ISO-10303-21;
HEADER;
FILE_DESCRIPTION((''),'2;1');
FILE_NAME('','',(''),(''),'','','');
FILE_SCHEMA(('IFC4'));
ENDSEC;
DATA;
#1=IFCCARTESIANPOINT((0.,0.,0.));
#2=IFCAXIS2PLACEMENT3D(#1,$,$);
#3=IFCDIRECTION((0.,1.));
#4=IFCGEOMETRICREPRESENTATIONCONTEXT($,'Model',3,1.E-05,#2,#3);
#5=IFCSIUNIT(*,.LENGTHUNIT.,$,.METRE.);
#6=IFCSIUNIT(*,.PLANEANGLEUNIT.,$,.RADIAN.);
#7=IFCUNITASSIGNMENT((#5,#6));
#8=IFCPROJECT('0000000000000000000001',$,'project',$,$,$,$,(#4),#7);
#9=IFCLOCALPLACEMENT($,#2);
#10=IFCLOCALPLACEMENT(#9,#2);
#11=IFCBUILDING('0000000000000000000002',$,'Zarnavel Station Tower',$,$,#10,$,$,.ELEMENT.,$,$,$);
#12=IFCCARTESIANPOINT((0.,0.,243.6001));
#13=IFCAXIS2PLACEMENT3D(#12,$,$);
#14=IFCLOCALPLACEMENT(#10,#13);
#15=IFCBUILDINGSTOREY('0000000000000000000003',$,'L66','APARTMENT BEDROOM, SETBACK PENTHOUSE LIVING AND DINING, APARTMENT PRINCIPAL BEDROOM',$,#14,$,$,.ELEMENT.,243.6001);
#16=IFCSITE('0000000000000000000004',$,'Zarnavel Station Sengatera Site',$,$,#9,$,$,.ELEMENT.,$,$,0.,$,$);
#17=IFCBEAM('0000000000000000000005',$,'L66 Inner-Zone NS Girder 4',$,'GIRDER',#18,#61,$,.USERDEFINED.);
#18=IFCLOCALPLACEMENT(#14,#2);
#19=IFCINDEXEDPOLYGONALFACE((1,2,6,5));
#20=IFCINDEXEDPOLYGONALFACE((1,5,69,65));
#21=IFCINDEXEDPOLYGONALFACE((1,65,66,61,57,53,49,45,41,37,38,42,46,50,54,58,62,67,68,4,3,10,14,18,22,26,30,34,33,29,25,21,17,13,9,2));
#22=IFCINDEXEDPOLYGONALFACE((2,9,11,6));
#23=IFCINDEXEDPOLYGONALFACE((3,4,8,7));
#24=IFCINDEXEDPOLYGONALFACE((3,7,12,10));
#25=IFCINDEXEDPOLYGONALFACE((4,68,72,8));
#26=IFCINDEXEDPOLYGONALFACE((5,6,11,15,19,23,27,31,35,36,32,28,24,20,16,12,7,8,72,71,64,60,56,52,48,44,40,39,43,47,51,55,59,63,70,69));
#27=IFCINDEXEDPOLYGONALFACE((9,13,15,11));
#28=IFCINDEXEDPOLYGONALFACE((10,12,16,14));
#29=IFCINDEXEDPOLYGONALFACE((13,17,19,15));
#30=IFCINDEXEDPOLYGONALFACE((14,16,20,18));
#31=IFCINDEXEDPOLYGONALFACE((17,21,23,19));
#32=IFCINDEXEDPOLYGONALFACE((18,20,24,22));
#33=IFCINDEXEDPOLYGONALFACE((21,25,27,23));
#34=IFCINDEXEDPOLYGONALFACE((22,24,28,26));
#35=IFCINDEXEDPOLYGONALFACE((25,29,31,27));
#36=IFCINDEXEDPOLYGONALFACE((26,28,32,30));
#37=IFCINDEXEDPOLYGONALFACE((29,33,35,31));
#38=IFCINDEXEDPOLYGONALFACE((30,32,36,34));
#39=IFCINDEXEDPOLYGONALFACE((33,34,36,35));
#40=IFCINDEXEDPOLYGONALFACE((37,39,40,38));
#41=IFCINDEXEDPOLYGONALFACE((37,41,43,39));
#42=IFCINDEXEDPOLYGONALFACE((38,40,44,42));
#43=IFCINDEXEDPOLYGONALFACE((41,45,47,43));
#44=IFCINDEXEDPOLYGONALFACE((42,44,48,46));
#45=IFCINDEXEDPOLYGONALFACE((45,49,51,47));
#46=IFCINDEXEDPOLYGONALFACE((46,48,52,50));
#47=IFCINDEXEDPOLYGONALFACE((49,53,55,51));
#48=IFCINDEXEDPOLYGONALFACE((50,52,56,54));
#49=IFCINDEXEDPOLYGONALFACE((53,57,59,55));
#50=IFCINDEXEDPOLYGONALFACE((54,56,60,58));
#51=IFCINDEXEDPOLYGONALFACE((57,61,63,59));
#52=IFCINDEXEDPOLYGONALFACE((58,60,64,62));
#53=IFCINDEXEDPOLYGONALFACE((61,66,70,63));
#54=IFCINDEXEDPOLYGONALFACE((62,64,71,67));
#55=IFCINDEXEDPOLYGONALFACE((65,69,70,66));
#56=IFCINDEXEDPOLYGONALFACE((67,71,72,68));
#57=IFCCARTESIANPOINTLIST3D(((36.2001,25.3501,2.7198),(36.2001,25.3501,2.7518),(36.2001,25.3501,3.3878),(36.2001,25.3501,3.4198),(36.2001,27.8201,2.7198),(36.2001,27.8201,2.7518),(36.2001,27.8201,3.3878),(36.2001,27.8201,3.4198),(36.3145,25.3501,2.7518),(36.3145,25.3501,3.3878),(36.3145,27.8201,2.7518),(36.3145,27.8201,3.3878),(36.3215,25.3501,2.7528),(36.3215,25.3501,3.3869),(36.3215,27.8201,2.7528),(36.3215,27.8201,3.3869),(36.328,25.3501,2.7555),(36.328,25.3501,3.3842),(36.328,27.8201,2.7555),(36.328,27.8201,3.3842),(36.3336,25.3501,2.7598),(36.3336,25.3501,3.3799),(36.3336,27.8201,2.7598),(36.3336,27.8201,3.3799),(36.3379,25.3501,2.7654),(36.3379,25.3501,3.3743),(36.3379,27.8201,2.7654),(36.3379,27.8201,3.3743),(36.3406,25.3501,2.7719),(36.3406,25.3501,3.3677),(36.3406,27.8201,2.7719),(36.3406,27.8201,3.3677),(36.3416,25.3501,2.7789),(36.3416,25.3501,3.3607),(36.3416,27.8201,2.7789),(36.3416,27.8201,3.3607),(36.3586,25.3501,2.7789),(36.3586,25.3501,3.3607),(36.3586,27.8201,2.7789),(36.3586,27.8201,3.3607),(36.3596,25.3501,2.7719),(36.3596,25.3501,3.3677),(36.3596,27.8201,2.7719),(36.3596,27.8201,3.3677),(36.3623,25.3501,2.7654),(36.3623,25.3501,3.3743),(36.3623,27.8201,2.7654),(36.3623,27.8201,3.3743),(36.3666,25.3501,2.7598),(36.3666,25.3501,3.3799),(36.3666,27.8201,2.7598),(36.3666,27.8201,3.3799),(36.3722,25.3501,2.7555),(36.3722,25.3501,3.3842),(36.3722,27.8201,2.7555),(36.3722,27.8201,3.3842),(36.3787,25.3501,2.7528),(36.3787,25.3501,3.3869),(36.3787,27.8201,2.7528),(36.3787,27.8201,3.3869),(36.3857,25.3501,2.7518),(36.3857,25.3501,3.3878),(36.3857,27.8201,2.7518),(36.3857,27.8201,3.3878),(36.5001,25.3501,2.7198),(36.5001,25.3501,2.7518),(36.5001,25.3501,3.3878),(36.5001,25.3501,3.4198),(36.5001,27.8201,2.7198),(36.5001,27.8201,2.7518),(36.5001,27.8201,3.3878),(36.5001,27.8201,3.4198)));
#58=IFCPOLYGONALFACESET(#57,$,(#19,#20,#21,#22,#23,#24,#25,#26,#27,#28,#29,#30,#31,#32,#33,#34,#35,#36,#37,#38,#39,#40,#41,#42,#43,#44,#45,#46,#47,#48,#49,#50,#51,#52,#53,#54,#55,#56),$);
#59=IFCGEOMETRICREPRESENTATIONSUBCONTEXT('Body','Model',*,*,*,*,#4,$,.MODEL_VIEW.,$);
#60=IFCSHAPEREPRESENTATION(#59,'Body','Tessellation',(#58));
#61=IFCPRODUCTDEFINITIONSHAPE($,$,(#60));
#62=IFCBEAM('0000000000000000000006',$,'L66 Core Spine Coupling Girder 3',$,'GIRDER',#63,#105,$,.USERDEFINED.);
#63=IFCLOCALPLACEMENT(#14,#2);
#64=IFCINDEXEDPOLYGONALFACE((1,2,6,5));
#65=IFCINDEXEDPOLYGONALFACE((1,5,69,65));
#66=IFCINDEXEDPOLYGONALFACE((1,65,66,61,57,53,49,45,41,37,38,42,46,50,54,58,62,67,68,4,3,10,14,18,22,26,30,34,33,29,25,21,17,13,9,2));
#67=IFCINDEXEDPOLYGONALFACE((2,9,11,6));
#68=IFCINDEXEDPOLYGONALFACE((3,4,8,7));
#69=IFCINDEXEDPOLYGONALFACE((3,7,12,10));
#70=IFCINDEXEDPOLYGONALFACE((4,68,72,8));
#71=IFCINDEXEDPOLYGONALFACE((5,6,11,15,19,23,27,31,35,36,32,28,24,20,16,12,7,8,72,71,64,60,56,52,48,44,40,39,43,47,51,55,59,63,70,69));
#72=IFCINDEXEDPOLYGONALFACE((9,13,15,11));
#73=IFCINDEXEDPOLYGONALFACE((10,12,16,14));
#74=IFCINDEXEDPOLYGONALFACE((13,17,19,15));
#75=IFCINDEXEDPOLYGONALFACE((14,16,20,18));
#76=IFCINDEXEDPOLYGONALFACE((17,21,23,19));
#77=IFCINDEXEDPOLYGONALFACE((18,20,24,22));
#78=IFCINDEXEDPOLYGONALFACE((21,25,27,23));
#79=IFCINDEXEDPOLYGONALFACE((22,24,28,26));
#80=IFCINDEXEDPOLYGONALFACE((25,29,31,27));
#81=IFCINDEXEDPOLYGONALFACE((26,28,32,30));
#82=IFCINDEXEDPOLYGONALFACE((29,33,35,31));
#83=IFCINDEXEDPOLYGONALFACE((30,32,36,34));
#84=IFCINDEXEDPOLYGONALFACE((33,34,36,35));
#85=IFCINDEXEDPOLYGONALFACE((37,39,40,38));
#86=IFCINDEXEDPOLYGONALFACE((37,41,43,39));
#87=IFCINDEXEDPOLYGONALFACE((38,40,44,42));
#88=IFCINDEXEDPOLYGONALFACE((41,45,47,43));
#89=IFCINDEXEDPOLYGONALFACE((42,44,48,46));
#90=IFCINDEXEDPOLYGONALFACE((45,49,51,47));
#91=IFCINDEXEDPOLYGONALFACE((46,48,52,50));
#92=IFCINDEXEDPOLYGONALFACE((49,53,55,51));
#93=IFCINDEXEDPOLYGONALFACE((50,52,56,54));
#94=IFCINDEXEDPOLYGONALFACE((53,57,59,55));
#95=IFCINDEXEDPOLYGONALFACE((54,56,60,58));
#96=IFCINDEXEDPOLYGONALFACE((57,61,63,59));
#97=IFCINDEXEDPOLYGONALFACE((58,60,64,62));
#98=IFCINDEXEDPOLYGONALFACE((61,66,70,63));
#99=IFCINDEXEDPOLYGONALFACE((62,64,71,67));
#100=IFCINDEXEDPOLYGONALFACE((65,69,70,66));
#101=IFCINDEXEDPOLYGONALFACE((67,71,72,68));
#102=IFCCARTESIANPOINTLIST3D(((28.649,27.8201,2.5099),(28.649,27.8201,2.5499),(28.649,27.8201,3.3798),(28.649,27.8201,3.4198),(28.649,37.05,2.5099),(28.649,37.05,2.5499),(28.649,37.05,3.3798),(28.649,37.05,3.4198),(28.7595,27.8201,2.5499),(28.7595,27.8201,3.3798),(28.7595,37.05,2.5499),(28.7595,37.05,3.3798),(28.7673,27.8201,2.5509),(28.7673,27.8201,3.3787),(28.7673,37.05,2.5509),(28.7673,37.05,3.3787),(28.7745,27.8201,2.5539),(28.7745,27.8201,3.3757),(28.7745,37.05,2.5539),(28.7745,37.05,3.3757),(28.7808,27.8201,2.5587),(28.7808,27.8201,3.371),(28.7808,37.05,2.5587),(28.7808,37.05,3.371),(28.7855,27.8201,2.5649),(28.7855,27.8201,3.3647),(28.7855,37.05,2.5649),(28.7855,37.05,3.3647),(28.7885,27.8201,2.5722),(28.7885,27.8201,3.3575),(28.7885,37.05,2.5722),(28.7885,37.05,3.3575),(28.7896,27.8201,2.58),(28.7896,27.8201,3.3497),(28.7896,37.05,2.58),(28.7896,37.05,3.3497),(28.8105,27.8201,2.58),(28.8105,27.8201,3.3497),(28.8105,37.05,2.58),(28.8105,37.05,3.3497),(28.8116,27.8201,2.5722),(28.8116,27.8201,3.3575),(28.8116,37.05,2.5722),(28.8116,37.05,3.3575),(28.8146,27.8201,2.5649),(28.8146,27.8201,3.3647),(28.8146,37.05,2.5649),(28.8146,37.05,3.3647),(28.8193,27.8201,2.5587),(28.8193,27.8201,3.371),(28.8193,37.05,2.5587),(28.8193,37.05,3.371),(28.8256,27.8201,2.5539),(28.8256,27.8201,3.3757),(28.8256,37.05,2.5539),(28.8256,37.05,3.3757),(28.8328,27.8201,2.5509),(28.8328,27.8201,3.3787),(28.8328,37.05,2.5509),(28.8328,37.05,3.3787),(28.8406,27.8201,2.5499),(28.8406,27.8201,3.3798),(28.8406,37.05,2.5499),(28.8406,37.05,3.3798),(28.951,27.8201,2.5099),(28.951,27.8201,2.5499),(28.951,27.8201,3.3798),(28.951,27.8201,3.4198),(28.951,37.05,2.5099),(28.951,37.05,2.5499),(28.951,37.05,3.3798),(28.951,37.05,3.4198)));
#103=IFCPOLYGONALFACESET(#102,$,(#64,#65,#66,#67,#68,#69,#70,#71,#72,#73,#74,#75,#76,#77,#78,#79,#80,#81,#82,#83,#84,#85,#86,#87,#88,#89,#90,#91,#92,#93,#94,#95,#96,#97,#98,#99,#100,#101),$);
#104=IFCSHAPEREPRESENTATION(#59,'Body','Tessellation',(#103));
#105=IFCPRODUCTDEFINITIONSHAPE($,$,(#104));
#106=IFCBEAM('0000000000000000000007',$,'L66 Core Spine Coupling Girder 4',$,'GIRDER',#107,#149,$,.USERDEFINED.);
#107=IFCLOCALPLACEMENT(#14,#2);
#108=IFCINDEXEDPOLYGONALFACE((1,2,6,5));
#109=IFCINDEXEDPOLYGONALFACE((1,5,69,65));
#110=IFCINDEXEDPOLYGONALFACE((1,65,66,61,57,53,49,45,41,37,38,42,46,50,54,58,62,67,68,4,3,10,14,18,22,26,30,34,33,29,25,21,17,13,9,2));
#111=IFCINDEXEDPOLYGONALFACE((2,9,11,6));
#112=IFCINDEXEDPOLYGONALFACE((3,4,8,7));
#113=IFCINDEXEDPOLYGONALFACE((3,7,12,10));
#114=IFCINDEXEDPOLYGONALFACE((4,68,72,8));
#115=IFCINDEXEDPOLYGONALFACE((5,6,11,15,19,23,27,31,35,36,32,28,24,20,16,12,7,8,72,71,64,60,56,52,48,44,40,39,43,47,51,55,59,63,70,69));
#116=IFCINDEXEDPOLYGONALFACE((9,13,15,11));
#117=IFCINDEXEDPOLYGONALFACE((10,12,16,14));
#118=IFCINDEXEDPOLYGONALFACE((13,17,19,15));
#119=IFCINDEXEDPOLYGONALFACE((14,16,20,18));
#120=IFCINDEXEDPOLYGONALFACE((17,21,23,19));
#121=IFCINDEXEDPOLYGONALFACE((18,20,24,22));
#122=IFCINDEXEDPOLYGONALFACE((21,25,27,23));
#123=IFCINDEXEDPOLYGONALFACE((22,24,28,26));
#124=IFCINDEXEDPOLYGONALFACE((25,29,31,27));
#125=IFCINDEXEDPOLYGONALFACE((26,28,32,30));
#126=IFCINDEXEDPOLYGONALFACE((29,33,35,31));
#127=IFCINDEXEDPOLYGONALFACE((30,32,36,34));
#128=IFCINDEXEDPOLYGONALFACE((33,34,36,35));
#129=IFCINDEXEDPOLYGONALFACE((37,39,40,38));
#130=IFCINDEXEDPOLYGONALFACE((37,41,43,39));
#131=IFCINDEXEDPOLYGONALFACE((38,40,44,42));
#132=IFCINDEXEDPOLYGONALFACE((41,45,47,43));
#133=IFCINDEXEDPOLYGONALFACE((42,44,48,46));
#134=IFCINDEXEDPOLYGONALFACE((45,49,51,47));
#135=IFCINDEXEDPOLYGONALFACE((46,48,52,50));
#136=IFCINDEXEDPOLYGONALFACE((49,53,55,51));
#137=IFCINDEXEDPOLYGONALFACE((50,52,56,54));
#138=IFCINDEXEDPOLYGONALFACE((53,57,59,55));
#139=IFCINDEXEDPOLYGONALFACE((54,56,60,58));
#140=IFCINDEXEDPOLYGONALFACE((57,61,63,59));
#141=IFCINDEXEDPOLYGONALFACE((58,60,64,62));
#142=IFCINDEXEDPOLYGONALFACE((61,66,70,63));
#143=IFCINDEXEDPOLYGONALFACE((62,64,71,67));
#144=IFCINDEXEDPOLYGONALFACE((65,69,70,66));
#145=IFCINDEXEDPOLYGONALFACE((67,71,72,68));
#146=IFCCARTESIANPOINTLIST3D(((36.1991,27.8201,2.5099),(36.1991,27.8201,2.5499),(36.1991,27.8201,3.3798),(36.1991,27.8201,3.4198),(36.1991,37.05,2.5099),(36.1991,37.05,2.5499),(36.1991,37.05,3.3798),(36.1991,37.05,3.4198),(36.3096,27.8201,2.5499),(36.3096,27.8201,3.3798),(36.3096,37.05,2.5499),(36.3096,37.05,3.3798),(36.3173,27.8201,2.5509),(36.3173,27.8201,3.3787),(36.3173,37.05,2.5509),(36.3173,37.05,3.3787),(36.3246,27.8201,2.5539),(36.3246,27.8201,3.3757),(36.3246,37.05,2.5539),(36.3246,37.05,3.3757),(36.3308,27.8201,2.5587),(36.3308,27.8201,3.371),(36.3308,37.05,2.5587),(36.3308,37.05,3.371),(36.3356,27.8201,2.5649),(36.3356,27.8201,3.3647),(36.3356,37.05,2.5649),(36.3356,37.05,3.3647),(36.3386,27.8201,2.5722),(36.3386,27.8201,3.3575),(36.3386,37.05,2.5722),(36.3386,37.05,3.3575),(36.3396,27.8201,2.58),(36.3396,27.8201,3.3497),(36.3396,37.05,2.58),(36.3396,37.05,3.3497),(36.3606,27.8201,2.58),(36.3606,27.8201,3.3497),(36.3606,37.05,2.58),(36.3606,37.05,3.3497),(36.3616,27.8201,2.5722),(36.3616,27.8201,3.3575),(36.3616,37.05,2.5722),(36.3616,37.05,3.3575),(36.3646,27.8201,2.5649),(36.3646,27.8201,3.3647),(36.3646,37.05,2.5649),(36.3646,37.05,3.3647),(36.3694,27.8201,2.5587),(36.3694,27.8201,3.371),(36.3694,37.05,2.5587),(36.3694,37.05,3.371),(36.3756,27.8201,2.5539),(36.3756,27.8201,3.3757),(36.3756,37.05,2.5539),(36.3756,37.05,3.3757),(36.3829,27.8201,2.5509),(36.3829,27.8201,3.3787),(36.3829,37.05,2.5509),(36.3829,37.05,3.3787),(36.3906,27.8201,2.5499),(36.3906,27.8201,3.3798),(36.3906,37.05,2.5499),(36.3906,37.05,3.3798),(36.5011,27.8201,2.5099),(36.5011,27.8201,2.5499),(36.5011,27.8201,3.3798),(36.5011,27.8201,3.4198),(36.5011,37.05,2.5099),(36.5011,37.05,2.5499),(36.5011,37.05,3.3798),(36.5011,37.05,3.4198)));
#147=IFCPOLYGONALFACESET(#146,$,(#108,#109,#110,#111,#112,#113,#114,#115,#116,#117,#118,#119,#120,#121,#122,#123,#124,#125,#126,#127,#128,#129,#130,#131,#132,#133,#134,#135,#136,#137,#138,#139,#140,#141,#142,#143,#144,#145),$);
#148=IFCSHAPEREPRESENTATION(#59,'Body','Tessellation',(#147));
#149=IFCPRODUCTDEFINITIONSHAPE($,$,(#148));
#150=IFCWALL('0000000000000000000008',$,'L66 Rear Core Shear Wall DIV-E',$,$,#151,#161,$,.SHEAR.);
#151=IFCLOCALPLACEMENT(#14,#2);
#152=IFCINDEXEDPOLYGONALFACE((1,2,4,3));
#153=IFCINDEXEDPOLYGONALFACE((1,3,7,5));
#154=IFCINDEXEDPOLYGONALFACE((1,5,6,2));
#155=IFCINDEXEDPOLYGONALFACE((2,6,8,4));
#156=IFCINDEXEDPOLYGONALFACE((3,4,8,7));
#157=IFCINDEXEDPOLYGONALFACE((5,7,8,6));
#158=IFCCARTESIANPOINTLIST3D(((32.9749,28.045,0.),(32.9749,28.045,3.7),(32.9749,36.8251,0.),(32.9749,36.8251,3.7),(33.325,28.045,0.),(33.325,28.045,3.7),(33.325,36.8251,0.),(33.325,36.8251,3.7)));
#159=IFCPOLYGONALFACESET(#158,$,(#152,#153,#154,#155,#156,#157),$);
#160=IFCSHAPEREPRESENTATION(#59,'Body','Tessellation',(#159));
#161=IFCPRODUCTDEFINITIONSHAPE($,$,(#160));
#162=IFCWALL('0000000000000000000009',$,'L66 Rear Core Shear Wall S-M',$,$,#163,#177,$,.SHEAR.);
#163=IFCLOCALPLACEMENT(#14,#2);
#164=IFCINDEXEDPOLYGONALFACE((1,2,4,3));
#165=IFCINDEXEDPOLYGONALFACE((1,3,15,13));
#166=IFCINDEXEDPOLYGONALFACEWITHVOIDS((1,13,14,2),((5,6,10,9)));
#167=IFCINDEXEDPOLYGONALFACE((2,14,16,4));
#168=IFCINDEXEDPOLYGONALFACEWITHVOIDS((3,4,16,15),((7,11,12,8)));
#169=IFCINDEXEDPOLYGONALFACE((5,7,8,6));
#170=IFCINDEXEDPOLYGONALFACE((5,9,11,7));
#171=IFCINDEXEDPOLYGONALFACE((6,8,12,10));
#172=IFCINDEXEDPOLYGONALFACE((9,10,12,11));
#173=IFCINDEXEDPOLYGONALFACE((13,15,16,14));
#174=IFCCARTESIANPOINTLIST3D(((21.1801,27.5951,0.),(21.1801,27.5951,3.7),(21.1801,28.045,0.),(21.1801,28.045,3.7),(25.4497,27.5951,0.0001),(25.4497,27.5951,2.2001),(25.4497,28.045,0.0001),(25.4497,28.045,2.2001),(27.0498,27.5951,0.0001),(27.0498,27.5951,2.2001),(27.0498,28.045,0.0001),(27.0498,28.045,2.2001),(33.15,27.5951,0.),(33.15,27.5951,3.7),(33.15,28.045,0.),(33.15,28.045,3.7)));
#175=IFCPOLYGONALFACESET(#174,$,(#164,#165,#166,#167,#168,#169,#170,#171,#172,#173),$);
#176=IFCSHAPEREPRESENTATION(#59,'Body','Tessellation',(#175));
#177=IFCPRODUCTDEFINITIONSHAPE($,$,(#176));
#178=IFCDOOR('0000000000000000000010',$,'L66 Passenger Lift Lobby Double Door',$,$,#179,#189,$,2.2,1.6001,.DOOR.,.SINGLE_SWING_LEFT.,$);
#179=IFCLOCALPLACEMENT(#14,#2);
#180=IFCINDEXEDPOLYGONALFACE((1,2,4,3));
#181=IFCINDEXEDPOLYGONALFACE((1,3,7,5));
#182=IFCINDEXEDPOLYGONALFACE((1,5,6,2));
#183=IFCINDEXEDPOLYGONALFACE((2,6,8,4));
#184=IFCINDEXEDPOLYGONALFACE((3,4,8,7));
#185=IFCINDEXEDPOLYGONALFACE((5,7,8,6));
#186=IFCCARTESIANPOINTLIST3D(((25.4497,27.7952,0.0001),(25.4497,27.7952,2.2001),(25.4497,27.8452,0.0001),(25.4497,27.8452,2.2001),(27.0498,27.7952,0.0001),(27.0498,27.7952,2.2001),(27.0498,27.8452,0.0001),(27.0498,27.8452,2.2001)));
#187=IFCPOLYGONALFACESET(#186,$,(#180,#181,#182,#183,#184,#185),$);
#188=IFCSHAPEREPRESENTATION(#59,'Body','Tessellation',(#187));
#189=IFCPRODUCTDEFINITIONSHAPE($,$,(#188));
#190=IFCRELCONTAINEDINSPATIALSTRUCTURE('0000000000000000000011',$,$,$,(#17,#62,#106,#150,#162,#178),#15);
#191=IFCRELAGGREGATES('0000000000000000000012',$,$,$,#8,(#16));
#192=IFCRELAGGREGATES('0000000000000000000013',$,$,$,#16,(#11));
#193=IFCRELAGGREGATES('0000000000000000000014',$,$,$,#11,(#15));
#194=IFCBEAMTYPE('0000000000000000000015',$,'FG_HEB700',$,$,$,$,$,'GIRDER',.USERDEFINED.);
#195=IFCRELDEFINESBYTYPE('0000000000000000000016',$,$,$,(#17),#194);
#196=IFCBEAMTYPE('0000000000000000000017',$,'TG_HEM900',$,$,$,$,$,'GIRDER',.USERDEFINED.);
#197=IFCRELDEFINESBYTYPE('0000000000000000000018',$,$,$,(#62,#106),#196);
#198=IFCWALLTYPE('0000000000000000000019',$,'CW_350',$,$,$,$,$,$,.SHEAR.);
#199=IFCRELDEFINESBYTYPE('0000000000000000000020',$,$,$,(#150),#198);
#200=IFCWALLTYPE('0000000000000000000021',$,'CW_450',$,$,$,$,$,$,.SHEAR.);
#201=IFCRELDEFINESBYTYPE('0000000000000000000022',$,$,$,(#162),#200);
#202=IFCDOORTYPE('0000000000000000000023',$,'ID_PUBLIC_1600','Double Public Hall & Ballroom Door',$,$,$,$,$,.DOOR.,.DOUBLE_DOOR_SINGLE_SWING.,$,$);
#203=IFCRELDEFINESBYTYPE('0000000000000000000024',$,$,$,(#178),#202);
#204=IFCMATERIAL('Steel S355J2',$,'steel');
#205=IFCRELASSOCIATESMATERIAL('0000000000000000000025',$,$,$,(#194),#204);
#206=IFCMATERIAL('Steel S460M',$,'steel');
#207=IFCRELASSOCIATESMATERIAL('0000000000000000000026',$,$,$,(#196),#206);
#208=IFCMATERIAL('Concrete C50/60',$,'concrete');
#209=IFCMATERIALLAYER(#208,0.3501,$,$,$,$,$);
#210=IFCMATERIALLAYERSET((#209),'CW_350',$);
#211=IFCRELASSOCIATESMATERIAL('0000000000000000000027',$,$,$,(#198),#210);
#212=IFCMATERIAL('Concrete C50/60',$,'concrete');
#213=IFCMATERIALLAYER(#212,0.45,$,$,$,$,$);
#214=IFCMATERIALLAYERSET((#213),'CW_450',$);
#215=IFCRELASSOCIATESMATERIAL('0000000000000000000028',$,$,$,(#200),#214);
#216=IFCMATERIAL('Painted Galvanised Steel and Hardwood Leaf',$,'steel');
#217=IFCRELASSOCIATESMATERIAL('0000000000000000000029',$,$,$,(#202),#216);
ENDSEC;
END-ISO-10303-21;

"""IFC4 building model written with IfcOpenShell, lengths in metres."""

from ifc_helpers import new_model, si_unit, direction, frame, frame_2d, origin, origin_2d, place, context, subcontext, project, spatial, rectangle, i_section, extrude, material, layer, layer_set, material_profile, profile_set, type_object, element, fill, save


model = new_model("IFC4")

# Units and contexts
model_context = context("Model", 3, precision=1e-05, world=origin(), true_north=direction((0.0, 1.0)))
body_context = subcontext(model_context, "Body", "Model", "MODEL_VIEW")
ifc_project = project(units=[si_unit("LENGTHUNIT", "METRE"), si_unit("PLANEANGLEUNIT", "RADIAN")], contexts=[model_context])

# Site, building, storey
site_placement = place(None, origin())
site = spatial("IfcSite", under=ifc_project, at=site_placement, Name="Zarnavel Station Sengatera Site", CompositionType="ELEMENT", RefElevation=0.0)
building_placement = place(site_placement, origin())
building = spatial("IfcBuilding", under=site, at=building_placement, Name="Zarnavel Station Tower", CompositionType="ELEMENT")
storey_placement = place(building_placement, frame((0.0, 0.0, 243.6001)))
storey = spatial("IfcBuildingStorey", under=building, at=storey_placement, Name="L66", Description="APARTMENT BEDROOM, SETBACK PENTHOUSE LIVING AND DINING, APARTMENT PRINCIPAL BEDROOM", CompositionType="ELEMENT", Elevation=243.6001)

# Beams
ifc_material_1 = material(Name="Steel S355J2", Category="steel")
ifc_material_profile_1 = material_profile(ifc_material_1, i_section(OverallWidth=0.3, OverallDepth=0.7, WebThickness=0.0171, FlangeThickness=0.032, FilletRadius=0.0271, at=origin_2d()), Name="HEB700")
ifc_profile_set_1 = profile_set([ifc_material_profile_1], Name="Steel S355J2")
beam_type_1 = type_object("IfcBeamType", Name="FG_HEB700", ElementType="GIRDER", PredefinedType="USERDEFINED", material=ifc_profile_set_1)
beam_1_placement = place(storey_placement, frame((36.3501, 25.3501, 3.0698), z_axis=(0.0, 1.0, 0.0), x_axis=(-1.0, 0.0, 0.0)))
element("IfcBeam", 1, at=beam_1_placement, inside=storey, type_object=beam_type_1, Name="L66 Inner-Zone NS Girder 4", ObjectType="GIRDER", PredefinedType="USERDEFINED", context=body_context, shape_type="SweptSolid", body=[
    extrude(i_section(OverallWidth=0.3, OverallDepth=0.7, WebThickness=0.0171, FlangeThickness=0.032, FilletRadius=0.0271, at=origin_2d()), origin(), (0.0, 0.0, 1.0), 2.47),
])
ifc_material_2 = material(Name="Steel S460M", Category="steel")
ifc_material_profile_2 = material_profile(ifc_material_2, i_section(OverallWidth=0.302, OverallDepth=0.9099, WebThickness=0.021, FlangeThickness=0.04, FilletRadius=0.03, at=origin_2d()), Name="HEM900")
ifc_profile_set_2 = profile_set([ifc_material_profile_2], Name="Steel S460M")
beam_type_2 = type_object("IfcBeamType", Name="TG_HEM900", ElementType="GIRDER", PredefinedType="USERDEFINED", material=ifc_profile_set_2)
for number, where, z_axis, x_axis, name in (
    (2, (28.8, 27.8201, 2.9648), (0.0, 1.0, 0.0), (-1.0, 0.0, 0.0), "L66 Core Spine Coupling Girder 3"),
    (3, (36.3501, 27.8201, 2.9648), (0.0, 1.0, 0.0), (-1.0, 0.0, 0.0), "L66 Core Spine Coupling Girder 4"),
):
    element("IfcBeam", number, at=place(storey_placement, frame(where, z_axis=z_axis, x_axis=x_axis)), inside=storey, type_object=beam_type_2, Name=name, ObjectType="GIRDER", PredefinedType="USERDEFINED", context=body_context, shape_type="SweptSolid", body=[
        extrude(i_section(OverallWidth=0.302, OverallDepth=0.9099, WebThickness=0.021, FlangeThickness=0.04, FilletRadius=0.03, at=origin_2d()), origin(), (0.0, 0.0, 1.0), 9.23),
    ])

# Wall
ifc_material_3 = material(Name="Concrete C50/60", Category="concrete")
ifc_layer_1 = layer(ifc_material_3, 0.3501)
ifc_layer_set_1 = layer_set([ifc_layer_1], Name="CW_350")
wall_type_1 = type_object("IfcWallType", Name="CW_350", PredefinedType="SHEAR", material=ifc_layer_set_1)
wall_1_placement = place(storey_placement, frame((33.1499, 28.0449, 0.0), z_axis=(0.0, 0.0, 1.0), x_axis=(0.0, 1.0, 0.0)))
element("IfcWall", 4, at=wall_1_placement, inside=storey, type_object=wall_type_1, Name="L66 Rear Core Shear Wall DIV-E", PredefinedType="SHEAR", context=body_context, shape_type="SweptSolid", body=[
    extrude(rectangle(XDim=8.78, YDim=0.3501, at=frame_2d((4.3901, 0.0))), origin(), (0.0, 0.0, 1.0), 3.7),
])

# Wall, opening, door
ifc_material_4 = material(Name="Concrete C50/60", Category="concrete")
ifc_layer_2 = layer(ifc_material_4, 0.45)
ifc_layer_set_2 = layer_set([ifc_layer_2], Name="CW_450")
wall_type_2 = type_object("IfcWallType", Name="CW_450", PredefinedType="SHEAR", material=ifc_layer_set_2)
wall_2_placement = place(storey_placement, frame((33.1499, 27.8201, 0.0), z_axis=(0.0, 0.0, 1.0), x_axis=(-1.0, 0.0, 0.0)))
wall_2 = element("IfcWall", 5, at=wall_2_placement, inside=storey, type_object=wall_type_2, Name="L66 Rear Core Shear Wall S-M", PredefinedType="SHEAR", context=body_context, shape_type="SweptSolid", body=[
    extrude(rectangle(XDim=11.97, YDim=0.45, at=frame_2d((5.9849, 0.0))), origin(), (0.0, 0.0, 1.0), 3.7),
])
opening_1_placement = place(wall_2_placement, frame((6.1001, 0.0, 0.0)))
opening_1 = element("IfcOpeningElement", 6, at=opening_1_placement, cuts=wall_2, PredefinedType="OPENING", context=body_context, shape_type="SweptSolid", body=[
    extrude(rectangle(XDim=1.6001, YDim=2.2, at=frame_2d((0.8, 1.1001))), frame((0.0, 0.2349, 0.0), z_axis=(0.0, -1.0, 0.0), x_axis=(1.0, 0.0, 0.0)), (0.0, 0.0, 1.0), 0.47),
])
ifc_material_5 = material(Name="Painted Galvanised Steel and Hardwood Leaf", Category="steel")
door_type_1 = type_object("IfcDoorType", Name="ID_PUBLIC_1600", Description="Double Public Hall & Ballroom Door", OperationType="DOUBLE_DOOR_SINGLE_SWING", PredefinedType="DOOR", material=ifc_material_5)
door_1_placement = place(opening_1_placement, origin())
door_1 = element("IfcDoor", 7, at=door_1_placement, inside=storey, type_object=door_type_1, Name="L66 Passenger Lift Lobby Double Door", OperationType="SINGLE_SWING_LEFT", OverallHeight=2.2, OverallWidth=1.6001, PredefinedType="DOOR", context=body_context, shape_type="SweptSolid", body=[
    extrude(rectangle(XDim=1.6001, YDim=2.2, at=frame_2d((0.8, 1.1001))), frame((0.0, 0.0249, 0.0), z_axis=(0.0, -1.0, 0.0), x_axis=(1.0, 0.0, 0.0)), (0.0, 0.0, 1.0), 0.05),
])
fill(opening_1, door_1)

save(model, "model.ifc")
